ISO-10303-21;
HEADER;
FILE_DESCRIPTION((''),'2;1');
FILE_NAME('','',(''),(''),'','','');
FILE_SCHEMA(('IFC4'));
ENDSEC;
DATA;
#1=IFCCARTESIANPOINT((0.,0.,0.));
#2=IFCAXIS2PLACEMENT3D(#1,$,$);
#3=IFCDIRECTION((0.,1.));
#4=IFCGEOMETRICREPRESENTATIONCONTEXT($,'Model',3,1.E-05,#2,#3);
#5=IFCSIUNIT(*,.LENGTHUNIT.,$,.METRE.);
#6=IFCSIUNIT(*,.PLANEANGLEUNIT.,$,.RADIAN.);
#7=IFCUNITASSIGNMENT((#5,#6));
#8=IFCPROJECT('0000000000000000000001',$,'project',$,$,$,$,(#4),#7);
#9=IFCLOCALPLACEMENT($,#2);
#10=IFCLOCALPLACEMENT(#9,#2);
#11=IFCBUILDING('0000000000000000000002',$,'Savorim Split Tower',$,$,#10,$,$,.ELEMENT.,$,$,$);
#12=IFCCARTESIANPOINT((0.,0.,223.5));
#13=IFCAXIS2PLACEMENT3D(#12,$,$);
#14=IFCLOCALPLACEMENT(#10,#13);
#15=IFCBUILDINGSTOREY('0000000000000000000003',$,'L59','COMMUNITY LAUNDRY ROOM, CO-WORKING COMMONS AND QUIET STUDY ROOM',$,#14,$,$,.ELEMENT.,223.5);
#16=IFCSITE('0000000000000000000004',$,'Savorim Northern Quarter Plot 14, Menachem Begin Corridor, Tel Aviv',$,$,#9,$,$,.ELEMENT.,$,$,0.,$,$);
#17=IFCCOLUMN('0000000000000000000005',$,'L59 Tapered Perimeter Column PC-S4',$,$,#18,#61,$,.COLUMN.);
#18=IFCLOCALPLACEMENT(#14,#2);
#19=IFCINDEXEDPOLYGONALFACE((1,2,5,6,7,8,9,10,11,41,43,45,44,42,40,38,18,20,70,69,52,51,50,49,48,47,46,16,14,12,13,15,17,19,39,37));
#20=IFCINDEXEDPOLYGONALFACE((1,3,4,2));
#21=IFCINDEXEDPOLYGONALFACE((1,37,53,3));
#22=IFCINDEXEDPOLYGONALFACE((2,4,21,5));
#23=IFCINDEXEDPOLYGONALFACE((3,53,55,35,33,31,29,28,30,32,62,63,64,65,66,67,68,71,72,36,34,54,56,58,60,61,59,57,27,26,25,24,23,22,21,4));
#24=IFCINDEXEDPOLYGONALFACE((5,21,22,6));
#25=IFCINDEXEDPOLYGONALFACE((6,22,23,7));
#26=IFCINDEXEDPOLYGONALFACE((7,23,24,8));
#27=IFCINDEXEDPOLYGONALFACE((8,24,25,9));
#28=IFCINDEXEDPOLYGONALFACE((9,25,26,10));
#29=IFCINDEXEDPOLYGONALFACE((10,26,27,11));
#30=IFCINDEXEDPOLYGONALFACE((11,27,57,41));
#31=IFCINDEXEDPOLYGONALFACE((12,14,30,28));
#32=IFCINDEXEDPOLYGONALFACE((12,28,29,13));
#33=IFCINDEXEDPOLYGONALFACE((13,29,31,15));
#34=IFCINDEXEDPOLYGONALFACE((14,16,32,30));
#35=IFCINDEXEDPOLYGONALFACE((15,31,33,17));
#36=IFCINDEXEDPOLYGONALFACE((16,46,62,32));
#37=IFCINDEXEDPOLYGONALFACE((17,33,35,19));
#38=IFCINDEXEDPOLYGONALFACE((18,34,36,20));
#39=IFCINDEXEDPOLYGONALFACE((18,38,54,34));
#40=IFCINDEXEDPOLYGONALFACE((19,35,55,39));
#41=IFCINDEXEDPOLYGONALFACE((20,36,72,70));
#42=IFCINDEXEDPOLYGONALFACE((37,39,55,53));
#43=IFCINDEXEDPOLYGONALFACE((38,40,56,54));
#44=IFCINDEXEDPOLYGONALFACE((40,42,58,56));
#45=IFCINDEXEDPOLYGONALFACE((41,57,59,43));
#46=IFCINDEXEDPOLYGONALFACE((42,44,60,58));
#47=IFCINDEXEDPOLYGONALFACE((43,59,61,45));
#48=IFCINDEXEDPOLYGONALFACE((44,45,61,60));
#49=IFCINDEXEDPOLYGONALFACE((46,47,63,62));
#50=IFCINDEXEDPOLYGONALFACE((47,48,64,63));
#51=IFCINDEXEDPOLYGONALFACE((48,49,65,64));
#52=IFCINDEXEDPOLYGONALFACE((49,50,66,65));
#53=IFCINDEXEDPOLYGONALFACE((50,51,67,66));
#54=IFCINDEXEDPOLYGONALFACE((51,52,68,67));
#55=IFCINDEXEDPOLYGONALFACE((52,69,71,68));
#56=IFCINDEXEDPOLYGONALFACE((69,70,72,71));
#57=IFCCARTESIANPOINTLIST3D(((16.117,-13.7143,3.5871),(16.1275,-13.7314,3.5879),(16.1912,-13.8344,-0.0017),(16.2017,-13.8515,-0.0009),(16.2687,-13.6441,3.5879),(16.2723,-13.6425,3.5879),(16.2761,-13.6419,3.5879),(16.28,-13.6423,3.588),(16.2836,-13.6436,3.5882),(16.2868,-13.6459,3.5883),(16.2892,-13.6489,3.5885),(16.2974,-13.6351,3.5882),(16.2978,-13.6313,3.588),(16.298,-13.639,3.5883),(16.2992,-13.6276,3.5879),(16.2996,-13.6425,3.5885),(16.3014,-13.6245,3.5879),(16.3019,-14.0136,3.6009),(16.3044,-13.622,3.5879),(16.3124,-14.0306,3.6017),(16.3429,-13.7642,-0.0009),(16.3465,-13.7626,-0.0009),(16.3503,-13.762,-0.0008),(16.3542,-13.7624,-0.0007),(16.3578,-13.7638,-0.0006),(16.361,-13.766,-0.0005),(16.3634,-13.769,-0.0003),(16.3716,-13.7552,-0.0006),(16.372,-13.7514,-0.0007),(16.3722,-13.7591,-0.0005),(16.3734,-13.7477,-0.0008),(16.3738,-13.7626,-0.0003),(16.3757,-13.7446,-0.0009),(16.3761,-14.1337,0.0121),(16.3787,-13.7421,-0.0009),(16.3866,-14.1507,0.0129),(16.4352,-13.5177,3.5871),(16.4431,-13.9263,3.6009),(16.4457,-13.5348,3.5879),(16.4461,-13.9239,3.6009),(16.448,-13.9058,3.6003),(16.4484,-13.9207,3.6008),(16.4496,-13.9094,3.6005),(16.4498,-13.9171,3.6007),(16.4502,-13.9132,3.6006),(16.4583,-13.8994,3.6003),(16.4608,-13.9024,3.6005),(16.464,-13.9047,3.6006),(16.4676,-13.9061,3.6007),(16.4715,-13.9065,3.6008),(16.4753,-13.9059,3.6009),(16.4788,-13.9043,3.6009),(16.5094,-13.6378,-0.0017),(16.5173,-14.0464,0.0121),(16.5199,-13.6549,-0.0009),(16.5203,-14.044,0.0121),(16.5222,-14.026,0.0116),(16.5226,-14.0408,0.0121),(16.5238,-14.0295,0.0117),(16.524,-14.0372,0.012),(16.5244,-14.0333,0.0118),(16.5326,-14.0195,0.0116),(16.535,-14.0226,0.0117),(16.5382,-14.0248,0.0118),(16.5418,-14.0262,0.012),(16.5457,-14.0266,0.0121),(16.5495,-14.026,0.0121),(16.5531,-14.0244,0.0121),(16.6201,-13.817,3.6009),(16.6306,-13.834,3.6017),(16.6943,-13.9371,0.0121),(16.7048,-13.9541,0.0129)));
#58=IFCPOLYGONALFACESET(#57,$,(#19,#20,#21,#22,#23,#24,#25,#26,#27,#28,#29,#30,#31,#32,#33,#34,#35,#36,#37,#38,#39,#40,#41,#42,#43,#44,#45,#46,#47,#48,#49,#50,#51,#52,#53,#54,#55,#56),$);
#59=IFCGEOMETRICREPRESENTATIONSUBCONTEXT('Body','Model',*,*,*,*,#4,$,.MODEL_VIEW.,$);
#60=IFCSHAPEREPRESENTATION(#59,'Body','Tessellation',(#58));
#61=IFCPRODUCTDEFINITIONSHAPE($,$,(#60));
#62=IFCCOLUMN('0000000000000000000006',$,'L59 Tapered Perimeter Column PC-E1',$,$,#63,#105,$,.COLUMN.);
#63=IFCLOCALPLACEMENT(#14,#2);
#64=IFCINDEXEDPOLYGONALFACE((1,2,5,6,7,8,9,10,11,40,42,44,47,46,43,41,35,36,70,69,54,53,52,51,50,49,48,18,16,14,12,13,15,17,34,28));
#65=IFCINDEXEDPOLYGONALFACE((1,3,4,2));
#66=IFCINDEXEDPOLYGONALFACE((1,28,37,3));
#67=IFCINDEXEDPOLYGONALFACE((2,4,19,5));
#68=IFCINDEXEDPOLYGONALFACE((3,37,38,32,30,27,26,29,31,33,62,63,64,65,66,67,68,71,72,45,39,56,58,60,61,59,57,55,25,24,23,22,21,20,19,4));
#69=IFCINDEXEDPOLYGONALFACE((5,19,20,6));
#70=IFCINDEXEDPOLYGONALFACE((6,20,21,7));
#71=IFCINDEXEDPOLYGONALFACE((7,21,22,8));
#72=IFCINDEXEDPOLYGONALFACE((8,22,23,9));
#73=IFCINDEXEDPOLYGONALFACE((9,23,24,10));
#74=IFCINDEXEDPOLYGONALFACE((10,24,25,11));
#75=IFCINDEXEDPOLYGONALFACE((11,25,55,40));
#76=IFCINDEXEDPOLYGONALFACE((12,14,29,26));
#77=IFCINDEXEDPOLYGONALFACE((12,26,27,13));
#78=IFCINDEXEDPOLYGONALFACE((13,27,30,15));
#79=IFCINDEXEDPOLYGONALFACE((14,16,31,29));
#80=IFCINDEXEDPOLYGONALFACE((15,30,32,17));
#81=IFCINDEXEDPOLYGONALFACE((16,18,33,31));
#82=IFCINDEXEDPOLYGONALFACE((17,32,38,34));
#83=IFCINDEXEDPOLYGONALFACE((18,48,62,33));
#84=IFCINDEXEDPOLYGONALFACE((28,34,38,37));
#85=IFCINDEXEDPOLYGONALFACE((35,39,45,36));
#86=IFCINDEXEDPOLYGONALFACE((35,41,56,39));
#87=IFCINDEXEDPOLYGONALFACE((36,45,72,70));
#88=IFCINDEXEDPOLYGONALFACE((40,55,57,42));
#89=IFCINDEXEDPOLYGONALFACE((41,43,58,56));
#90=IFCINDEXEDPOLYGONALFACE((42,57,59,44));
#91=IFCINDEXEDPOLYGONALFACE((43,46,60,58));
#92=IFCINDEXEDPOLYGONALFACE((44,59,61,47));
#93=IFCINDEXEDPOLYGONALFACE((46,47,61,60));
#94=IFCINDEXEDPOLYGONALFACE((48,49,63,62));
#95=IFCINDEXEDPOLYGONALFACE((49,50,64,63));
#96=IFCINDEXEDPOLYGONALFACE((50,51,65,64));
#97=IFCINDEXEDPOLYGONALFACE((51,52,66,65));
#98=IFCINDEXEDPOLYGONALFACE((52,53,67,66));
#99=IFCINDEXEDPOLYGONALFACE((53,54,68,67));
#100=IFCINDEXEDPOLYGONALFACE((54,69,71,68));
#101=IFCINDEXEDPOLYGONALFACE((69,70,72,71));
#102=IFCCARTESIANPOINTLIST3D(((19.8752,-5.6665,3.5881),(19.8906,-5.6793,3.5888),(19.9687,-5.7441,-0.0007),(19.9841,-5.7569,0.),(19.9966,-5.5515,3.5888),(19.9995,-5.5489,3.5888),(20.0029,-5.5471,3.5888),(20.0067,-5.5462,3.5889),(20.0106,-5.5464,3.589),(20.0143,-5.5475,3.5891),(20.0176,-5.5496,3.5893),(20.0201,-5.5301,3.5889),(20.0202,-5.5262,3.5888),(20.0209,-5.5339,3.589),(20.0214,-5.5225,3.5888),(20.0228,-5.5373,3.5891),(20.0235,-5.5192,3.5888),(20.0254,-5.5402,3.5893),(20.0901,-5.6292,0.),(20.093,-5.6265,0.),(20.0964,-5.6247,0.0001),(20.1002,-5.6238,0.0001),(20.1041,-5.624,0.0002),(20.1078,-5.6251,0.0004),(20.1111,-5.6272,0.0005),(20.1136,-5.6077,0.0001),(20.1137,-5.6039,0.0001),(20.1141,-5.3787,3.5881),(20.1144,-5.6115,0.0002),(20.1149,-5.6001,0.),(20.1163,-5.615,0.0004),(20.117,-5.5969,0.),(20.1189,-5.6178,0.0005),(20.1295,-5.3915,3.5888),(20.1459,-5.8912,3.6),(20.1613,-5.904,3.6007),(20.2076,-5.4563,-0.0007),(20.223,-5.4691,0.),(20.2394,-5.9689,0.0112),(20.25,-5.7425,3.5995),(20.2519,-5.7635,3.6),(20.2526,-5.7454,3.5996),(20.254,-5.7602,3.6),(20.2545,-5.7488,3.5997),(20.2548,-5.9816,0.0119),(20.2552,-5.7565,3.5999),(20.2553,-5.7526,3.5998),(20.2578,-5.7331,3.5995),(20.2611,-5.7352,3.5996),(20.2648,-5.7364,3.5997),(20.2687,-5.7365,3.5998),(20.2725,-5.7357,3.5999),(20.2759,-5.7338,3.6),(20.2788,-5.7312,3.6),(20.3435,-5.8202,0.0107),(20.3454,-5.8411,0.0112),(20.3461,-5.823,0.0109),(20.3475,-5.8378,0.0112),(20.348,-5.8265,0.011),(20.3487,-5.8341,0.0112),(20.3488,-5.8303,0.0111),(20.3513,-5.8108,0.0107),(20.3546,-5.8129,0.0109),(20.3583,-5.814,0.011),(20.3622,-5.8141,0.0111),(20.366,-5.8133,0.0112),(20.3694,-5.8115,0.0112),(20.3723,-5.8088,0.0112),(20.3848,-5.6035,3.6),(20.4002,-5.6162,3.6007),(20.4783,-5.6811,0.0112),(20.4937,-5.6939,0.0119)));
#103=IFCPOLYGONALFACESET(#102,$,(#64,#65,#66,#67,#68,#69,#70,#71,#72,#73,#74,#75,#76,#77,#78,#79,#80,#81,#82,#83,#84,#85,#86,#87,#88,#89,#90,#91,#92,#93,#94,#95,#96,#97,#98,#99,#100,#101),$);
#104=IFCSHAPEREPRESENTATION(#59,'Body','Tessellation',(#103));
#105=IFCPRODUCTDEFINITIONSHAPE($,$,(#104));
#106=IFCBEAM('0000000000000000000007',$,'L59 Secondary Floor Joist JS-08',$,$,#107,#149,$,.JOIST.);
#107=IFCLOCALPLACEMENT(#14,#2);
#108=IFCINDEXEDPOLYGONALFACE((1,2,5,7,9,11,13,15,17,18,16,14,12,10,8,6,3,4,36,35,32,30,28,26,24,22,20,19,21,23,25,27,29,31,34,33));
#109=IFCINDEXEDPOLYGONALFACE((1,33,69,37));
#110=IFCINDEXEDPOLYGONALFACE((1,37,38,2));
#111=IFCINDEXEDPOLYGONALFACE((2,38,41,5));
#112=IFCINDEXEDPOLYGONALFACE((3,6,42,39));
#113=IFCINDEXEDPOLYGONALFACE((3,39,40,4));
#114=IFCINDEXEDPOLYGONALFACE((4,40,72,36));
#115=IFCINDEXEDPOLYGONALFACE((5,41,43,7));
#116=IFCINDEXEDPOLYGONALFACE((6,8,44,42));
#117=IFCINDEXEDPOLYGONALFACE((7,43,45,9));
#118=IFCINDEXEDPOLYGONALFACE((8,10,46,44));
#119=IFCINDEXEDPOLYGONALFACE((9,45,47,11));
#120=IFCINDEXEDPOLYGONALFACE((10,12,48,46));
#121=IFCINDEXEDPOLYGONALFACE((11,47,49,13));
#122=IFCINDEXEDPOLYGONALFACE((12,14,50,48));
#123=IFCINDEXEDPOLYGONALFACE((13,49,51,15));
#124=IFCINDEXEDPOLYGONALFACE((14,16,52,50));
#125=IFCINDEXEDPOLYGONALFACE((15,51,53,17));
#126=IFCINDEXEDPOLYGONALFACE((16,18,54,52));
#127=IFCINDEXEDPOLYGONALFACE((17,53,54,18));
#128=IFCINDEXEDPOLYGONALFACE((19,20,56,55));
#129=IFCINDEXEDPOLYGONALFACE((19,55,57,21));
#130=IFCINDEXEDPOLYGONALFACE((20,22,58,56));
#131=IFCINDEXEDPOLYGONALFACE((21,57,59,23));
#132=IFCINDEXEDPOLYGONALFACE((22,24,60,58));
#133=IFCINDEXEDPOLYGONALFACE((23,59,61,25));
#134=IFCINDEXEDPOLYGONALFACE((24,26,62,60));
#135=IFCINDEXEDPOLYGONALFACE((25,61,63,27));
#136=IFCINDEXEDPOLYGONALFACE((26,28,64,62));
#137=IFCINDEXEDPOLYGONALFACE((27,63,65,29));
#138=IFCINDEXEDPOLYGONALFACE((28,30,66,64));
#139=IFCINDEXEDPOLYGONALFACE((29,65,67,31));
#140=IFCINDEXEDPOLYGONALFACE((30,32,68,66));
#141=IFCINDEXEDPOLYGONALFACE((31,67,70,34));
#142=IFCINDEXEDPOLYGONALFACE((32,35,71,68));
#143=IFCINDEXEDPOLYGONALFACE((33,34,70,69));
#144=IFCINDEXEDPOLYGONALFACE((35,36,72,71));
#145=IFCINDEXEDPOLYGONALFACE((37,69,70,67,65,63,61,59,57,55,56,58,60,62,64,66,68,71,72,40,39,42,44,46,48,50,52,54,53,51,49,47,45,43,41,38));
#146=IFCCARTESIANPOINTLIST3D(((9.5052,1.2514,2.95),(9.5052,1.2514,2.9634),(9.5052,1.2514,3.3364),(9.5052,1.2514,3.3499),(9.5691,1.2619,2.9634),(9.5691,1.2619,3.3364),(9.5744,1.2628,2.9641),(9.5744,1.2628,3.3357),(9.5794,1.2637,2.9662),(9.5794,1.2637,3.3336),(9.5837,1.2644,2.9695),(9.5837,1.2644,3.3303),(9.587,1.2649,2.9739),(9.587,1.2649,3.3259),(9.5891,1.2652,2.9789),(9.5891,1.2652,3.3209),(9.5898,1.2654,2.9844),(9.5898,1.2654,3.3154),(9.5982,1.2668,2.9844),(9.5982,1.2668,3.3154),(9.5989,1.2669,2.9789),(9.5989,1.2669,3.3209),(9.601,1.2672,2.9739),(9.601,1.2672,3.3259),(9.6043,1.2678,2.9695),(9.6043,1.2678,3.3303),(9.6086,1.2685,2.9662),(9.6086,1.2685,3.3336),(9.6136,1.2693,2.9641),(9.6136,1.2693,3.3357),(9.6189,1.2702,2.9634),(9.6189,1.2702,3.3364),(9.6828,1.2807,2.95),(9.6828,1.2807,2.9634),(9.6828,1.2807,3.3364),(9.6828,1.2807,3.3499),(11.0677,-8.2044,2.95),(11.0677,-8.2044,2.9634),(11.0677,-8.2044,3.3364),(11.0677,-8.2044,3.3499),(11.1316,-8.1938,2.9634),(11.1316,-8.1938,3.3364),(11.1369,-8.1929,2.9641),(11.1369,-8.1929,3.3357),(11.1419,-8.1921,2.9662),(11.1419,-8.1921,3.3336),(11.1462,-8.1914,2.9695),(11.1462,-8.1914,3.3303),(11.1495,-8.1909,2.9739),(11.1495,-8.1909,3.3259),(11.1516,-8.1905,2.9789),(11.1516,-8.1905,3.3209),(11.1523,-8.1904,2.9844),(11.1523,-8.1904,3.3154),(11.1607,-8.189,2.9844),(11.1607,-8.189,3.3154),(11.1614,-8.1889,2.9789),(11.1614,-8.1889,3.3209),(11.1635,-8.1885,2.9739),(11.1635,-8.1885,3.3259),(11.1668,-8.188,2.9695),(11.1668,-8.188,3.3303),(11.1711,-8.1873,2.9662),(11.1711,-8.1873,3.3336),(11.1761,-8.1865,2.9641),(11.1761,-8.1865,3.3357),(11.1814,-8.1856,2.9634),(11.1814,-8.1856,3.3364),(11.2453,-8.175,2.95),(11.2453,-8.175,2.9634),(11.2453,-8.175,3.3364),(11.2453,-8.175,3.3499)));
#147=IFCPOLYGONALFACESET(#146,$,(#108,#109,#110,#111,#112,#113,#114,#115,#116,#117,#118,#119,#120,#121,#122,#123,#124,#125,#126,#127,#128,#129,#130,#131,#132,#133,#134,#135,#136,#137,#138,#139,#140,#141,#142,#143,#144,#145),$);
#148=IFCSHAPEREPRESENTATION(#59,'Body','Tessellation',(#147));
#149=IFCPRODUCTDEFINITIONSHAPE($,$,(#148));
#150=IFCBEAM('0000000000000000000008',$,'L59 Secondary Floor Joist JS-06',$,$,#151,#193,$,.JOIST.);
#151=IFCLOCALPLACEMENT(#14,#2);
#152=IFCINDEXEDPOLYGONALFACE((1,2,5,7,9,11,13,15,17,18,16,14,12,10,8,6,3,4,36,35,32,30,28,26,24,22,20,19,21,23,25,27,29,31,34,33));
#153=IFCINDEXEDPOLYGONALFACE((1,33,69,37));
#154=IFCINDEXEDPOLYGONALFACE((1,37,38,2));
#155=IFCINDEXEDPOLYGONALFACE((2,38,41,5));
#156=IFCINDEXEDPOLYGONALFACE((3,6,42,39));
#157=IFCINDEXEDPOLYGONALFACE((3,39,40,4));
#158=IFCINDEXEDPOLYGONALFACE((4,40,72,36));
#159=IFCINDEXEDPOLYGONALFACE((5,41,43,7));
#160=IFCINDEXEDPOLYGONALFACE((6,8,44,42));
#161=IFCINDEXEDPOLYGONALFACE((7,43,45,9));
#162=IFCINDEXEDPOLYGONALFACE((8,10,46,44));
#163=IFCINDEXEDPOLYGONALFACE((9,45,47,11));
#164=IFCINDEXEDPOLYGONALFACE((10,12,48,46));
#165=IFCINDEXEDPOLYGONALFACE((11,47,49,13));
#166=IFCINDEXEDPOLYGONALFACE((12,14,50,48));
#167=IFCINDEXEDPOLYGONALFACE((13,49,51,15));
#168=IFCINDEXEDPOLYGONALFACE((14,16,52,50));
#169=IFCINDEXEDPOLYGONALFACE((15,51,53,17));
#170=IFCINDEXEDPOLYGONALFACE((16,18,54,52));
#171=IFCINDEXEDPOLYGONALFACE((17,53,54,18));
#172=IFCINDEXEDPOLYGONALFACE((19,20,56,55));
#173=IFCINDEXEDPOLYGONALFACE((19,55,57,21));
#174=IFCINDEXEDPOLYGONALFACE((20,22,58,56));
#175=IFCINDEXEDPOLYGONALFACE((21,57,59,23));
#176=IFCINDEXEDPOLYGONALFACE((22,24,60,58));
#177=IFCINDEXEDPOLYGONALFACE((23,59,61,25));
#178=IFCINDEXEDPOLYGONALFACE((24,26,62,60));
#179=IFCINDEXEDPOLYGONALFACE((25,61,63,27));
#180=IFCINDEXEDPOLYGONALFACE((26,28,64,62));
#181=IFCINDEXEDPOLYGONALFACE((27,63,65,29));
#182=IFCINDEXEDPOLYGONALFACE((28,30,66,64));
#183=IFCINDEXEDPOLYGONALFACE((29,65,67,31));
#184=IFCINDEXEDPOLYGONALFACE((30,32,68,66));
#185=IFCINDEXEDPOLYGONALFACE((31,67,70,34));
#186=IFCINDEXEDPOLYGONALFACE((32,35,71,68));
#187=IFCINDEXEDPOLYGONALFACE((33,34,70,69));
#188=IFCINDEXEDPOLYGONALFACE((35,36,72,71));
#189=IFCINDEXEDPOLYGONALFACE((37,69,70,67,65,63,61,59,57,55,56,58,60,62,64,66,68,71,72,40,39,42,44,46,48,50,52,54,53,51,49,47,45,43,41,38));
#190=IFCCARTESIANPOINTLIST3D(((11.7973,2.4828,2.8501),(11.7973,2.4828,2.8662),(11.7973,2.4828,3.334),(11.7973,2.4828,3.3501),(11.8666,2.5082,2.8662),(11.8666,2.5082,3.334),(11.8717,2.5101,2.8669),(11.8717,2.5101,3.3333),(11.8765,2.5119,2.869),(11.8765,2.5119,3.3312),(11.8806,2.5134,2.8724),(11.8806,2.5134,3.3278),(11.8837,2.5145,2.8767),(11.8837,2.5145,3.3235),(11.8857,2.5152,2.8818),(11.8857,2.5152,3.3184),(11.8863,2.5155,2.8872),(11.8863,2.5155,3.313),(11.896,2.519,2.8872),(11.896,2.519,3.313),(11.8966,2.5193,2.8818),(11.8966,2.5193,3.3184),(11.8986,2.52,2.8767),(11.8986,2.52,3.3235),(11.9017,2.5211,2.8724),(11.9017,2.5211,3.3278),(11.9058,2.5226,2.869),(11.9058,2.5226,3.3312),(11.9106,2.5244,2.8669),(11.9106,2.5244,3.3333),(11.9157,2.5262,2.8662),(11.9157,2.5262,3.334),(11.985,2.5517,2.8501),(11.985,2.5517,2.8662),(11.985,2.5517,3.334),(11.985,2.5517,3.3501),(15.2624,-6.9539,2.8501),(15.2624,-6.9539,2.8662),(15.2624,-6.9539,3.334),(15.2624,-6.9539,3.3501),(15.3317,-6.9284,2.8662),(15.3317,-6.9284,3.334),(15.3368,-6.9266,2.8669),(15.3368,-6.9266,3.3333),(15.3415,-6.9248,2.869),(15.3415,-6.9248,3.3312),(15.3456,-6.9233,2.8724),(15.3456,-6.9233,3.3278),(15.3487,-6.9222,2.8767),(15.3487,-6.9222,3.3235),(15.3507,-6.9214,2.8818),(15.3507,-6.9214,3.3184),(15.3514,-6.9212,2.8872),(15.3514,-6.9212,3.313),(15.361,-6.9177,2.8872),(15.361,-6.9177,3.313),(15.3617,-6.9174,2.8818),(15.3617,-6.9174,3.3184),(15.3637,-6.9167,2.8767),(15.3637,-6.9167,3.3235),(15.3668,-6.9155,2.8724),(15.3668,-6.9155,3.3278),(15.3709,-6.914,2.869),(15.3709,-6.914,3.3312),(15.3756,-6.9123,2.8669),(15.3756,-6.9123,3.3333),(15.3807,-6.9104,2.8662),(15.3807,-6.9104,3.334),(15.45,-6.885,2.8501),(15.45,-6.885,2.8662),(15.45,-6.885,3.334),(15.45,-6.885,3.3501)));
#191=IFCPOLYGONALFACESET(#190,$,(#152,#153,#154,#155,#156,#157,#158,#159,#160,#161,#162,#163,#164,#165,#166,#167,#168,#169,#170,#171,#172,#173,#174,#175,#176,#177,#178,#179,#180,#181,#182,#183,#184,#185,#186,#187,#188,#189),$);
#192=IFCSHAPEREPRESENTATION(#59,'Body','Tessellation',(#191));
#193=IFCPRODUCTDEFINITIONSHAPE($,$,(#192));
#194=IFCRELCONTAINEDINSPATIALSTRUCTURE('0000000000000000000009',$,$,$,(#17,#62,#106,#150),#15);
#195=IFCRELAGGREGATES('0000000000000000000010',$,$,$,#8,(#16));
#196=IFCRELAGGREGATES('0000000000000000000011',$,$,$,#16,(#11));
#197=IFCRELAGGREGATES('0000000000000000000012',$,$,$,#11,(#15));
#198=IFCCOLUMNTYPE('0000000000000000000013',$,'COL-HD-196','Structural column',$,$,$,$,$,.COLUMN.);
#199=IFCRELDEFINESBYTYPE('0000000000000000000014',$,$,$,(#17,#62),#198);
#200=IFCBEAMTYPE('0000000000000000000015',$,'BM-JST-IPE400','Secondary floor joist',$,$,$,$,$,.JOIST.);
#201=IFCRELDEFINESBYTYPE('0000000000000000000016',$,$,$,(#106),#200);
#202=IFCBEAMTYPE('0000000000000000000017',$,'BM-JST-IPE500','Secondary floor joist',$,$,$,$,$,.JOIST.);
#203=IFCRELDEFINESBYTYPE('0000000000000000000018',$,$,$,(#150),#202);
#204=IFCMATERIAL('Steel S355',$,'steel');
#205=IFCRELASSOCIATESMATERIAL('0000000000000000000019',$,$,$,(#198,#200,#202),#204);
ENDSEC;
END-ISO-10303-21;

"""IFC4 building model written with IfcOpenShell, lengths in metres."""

from ifc_helpers import new_model, si_unit, direction, frame, origin, origin_2d, place, context, subcontext, project, spatial, i_section, extrude, material, material_profile, profile_set, type_object, element, save


model = new_model("IFC4")

# Units and contexts
model_context = context("Model", 3, precision=1e-05, world=origin(), true_north=direction((0.0, 1.0)))
body_context = subcontext(model_context, "Body", "Model", "MODEL_VIEW")
ifc_project = project(units=[si_unit("LENGTHUNIT", "METRE"), si_unit("PLANEANGLEUNIT", "RADIAN")], contexts=[model_context])

# Site, building, storey
site_placement = place(None, origin())
site = spatial("IfcSite", under=ifc_project, at=site_placement, Name="Savorim Northern Quarter Plot 14, Menachem Begin Corridor, Tel Aviv", CompositionType="ELEMENT", RefElevation=0.0)
building_placement = place(site_placement, origin())
building = spatial("IfcBuilding", under=site, at=building_placement, Name="Savorim Split Tower", CompositionType="ELEMENT")
storey_placement = place(building_placement, frame((0.0, 0.0, 223.5)))
storey = spatial("IfcBuildingStorey", under=building, at=storey_placement, Name="L59", Description="COMMUNITY LAUNDRY ROOM, CO-WORKING COMMONS AND QUIET STUDY ROOM", CompositionType="ELEMENT", Elevation=223.5)

# Columns
ifc_material_1 = material(Name="Steel S355", Category="steel")
ifc_material_profile_1 = material_profile(ifc_material_1, i_section(OverallWidth=0.374, OverallDepth=0.3721, WebThickness=0.0122, FlangeThickness=0.02, FilletRadius=0.0149, at=origin_2d()), Name="HD 360x196")
ifc_profile_set_1 = profile_set([ifc_material_profile_1], Name="Steel S355")
column_type = type_object("IfcColumnType", Name="COL-HD-196", Description="Structural column", PredefinedType="COLUMN", material=ifc_profile_set_1)
column_1_placement = place(storey_placement, frame((16.448, -13.8943, 0.0056), z_axis=(-0.020664, 0.033444, 0.999227), x_axis=(-0.850707, -0.52564, 0.0)))
element("IfcColumn", 1, at=column_1_placement, inside=storey, type_object=column_type, Name="L59 Tapered Perimeter Column PC-S4", PredefinedType="COLUMN", context=body_context, shape_type="SweptSolid", body=[
    extrude(i_section(OverallWidth=0.374, OverallDepth=0.3721, WebThickness=0.0122, FlangeThickness=0.02, FilletRadius=0.0149, at=origin_2d()), origin(), (0.0, 0.0, 1.0), 3.5916),
])
column_2_placement = place(storey_placement, frame((20.2312, -5.719, 0.0056), z_axis=(-0.026039, 0.02162, 0.999427), x_axis=(-0.6388, -0.769373, 0.0)))
element("IfcColumn", 2, at=column_2_placement, inside=storey, type_object=column_type, Name="L59 Tapered Perimeter Column PC-E1", PredefinedType="COLUMN", context=body_context, shape_type="SweptSolid", body=[
    extrude(i_section(OverallWidth=0.374, OverallDepth=0.3721, WebThickness=0.0122, FlangeThickness=0.02, FilletRadius=0.0149, at=origin_2d()), origin(), (0.0, 0.0, 1.0), 3.5908),
])

# Beams
ifc_material_profile_2 = material_profile(ifc_material_1, i_section(OverallWidth=0.1799, OverallDepth=0.3999, WebThickness=0.0085, FlangeThickness=0.0134, FilletRadius=0.021, at=origin_2d()), Name="IPE 400")
ifc_profile_set_2 = profile_set([ifc_material_profile_2], Name="Steel S355")
beam_type_1 = type_object("IfcBeamType", Name="BM-JST-IPE400", Description="Secondary floor joist", PredefinedType="JOIST", material=ifc_profile_set_2)
beam_1_placement = place(storey_placement, frame((11.1565, -8.1897, 3.1499), z_axis=(-0.163032, 0.986621, 0.0), x_axis=(-0.986621, -0.163032, 0.0)))
element("IfcBeam", 3, at=beam_1_placement, inside=storey, type_object=beam_type_1, Name="L59 Secondary Floor Joist JS-08", PredefinedType="JOIST", context=body_context, shape_type="SweptSolid", body=[
    extrude(i_section(OverallWidth=0.1799, OverallDepth=0.3999, WebThickness=0.0085, FlangeThickness=0.0134, FilletRadius=0.021, at=origin_2d()), origin(), (0.0, 0.0, 1.0), 9.584),
])
ifc_material_profile_3 = material_profile(ifc_material_1, i_section(OverallWidth=0.2, OverallDepth=0.5, WebThickness=0.0103, FlangeThickness=0.0161, FilletRadius=0.021, at=origin_2d()), Name="IPE 500")
ifc_profile_set_3 = profile_set([ifc_material_profile_3], Name="Steel S355")
beam_type_2 = type_object("IfcBeamType", Name="BM-JST-IPE500", Description="Secondary floor joist", PredefinedType="JOIST", material=ifc_profile_set_3)
beam_2_placement = place(storey_placement, frame((15.3562, -6.9194, 3.1001), z_axis=(-0.344688, 0.938717, 0.0), x_axis=(-0.938717, -0.344688, 0.0)))
element("IfcBeam", 4, at=beam_2_placement, inside=storey, type_object=beam_type_2, Name="L59 Secondary Floor Joist JS-06", PredefinedType="JOIST", context=body_context, shape_type="SweptSolid", body=[
    extrude(i_section(OverallWidth=0.2, OverallDepth=0.5, WebThickness=0.0103, FlangeThickness=0.0161, FilletRadius=0.021, at=origin_2d()), origin(), (0.0, 0.0, 1.0), 10.0527),
])

save(model, "model.ifc")
